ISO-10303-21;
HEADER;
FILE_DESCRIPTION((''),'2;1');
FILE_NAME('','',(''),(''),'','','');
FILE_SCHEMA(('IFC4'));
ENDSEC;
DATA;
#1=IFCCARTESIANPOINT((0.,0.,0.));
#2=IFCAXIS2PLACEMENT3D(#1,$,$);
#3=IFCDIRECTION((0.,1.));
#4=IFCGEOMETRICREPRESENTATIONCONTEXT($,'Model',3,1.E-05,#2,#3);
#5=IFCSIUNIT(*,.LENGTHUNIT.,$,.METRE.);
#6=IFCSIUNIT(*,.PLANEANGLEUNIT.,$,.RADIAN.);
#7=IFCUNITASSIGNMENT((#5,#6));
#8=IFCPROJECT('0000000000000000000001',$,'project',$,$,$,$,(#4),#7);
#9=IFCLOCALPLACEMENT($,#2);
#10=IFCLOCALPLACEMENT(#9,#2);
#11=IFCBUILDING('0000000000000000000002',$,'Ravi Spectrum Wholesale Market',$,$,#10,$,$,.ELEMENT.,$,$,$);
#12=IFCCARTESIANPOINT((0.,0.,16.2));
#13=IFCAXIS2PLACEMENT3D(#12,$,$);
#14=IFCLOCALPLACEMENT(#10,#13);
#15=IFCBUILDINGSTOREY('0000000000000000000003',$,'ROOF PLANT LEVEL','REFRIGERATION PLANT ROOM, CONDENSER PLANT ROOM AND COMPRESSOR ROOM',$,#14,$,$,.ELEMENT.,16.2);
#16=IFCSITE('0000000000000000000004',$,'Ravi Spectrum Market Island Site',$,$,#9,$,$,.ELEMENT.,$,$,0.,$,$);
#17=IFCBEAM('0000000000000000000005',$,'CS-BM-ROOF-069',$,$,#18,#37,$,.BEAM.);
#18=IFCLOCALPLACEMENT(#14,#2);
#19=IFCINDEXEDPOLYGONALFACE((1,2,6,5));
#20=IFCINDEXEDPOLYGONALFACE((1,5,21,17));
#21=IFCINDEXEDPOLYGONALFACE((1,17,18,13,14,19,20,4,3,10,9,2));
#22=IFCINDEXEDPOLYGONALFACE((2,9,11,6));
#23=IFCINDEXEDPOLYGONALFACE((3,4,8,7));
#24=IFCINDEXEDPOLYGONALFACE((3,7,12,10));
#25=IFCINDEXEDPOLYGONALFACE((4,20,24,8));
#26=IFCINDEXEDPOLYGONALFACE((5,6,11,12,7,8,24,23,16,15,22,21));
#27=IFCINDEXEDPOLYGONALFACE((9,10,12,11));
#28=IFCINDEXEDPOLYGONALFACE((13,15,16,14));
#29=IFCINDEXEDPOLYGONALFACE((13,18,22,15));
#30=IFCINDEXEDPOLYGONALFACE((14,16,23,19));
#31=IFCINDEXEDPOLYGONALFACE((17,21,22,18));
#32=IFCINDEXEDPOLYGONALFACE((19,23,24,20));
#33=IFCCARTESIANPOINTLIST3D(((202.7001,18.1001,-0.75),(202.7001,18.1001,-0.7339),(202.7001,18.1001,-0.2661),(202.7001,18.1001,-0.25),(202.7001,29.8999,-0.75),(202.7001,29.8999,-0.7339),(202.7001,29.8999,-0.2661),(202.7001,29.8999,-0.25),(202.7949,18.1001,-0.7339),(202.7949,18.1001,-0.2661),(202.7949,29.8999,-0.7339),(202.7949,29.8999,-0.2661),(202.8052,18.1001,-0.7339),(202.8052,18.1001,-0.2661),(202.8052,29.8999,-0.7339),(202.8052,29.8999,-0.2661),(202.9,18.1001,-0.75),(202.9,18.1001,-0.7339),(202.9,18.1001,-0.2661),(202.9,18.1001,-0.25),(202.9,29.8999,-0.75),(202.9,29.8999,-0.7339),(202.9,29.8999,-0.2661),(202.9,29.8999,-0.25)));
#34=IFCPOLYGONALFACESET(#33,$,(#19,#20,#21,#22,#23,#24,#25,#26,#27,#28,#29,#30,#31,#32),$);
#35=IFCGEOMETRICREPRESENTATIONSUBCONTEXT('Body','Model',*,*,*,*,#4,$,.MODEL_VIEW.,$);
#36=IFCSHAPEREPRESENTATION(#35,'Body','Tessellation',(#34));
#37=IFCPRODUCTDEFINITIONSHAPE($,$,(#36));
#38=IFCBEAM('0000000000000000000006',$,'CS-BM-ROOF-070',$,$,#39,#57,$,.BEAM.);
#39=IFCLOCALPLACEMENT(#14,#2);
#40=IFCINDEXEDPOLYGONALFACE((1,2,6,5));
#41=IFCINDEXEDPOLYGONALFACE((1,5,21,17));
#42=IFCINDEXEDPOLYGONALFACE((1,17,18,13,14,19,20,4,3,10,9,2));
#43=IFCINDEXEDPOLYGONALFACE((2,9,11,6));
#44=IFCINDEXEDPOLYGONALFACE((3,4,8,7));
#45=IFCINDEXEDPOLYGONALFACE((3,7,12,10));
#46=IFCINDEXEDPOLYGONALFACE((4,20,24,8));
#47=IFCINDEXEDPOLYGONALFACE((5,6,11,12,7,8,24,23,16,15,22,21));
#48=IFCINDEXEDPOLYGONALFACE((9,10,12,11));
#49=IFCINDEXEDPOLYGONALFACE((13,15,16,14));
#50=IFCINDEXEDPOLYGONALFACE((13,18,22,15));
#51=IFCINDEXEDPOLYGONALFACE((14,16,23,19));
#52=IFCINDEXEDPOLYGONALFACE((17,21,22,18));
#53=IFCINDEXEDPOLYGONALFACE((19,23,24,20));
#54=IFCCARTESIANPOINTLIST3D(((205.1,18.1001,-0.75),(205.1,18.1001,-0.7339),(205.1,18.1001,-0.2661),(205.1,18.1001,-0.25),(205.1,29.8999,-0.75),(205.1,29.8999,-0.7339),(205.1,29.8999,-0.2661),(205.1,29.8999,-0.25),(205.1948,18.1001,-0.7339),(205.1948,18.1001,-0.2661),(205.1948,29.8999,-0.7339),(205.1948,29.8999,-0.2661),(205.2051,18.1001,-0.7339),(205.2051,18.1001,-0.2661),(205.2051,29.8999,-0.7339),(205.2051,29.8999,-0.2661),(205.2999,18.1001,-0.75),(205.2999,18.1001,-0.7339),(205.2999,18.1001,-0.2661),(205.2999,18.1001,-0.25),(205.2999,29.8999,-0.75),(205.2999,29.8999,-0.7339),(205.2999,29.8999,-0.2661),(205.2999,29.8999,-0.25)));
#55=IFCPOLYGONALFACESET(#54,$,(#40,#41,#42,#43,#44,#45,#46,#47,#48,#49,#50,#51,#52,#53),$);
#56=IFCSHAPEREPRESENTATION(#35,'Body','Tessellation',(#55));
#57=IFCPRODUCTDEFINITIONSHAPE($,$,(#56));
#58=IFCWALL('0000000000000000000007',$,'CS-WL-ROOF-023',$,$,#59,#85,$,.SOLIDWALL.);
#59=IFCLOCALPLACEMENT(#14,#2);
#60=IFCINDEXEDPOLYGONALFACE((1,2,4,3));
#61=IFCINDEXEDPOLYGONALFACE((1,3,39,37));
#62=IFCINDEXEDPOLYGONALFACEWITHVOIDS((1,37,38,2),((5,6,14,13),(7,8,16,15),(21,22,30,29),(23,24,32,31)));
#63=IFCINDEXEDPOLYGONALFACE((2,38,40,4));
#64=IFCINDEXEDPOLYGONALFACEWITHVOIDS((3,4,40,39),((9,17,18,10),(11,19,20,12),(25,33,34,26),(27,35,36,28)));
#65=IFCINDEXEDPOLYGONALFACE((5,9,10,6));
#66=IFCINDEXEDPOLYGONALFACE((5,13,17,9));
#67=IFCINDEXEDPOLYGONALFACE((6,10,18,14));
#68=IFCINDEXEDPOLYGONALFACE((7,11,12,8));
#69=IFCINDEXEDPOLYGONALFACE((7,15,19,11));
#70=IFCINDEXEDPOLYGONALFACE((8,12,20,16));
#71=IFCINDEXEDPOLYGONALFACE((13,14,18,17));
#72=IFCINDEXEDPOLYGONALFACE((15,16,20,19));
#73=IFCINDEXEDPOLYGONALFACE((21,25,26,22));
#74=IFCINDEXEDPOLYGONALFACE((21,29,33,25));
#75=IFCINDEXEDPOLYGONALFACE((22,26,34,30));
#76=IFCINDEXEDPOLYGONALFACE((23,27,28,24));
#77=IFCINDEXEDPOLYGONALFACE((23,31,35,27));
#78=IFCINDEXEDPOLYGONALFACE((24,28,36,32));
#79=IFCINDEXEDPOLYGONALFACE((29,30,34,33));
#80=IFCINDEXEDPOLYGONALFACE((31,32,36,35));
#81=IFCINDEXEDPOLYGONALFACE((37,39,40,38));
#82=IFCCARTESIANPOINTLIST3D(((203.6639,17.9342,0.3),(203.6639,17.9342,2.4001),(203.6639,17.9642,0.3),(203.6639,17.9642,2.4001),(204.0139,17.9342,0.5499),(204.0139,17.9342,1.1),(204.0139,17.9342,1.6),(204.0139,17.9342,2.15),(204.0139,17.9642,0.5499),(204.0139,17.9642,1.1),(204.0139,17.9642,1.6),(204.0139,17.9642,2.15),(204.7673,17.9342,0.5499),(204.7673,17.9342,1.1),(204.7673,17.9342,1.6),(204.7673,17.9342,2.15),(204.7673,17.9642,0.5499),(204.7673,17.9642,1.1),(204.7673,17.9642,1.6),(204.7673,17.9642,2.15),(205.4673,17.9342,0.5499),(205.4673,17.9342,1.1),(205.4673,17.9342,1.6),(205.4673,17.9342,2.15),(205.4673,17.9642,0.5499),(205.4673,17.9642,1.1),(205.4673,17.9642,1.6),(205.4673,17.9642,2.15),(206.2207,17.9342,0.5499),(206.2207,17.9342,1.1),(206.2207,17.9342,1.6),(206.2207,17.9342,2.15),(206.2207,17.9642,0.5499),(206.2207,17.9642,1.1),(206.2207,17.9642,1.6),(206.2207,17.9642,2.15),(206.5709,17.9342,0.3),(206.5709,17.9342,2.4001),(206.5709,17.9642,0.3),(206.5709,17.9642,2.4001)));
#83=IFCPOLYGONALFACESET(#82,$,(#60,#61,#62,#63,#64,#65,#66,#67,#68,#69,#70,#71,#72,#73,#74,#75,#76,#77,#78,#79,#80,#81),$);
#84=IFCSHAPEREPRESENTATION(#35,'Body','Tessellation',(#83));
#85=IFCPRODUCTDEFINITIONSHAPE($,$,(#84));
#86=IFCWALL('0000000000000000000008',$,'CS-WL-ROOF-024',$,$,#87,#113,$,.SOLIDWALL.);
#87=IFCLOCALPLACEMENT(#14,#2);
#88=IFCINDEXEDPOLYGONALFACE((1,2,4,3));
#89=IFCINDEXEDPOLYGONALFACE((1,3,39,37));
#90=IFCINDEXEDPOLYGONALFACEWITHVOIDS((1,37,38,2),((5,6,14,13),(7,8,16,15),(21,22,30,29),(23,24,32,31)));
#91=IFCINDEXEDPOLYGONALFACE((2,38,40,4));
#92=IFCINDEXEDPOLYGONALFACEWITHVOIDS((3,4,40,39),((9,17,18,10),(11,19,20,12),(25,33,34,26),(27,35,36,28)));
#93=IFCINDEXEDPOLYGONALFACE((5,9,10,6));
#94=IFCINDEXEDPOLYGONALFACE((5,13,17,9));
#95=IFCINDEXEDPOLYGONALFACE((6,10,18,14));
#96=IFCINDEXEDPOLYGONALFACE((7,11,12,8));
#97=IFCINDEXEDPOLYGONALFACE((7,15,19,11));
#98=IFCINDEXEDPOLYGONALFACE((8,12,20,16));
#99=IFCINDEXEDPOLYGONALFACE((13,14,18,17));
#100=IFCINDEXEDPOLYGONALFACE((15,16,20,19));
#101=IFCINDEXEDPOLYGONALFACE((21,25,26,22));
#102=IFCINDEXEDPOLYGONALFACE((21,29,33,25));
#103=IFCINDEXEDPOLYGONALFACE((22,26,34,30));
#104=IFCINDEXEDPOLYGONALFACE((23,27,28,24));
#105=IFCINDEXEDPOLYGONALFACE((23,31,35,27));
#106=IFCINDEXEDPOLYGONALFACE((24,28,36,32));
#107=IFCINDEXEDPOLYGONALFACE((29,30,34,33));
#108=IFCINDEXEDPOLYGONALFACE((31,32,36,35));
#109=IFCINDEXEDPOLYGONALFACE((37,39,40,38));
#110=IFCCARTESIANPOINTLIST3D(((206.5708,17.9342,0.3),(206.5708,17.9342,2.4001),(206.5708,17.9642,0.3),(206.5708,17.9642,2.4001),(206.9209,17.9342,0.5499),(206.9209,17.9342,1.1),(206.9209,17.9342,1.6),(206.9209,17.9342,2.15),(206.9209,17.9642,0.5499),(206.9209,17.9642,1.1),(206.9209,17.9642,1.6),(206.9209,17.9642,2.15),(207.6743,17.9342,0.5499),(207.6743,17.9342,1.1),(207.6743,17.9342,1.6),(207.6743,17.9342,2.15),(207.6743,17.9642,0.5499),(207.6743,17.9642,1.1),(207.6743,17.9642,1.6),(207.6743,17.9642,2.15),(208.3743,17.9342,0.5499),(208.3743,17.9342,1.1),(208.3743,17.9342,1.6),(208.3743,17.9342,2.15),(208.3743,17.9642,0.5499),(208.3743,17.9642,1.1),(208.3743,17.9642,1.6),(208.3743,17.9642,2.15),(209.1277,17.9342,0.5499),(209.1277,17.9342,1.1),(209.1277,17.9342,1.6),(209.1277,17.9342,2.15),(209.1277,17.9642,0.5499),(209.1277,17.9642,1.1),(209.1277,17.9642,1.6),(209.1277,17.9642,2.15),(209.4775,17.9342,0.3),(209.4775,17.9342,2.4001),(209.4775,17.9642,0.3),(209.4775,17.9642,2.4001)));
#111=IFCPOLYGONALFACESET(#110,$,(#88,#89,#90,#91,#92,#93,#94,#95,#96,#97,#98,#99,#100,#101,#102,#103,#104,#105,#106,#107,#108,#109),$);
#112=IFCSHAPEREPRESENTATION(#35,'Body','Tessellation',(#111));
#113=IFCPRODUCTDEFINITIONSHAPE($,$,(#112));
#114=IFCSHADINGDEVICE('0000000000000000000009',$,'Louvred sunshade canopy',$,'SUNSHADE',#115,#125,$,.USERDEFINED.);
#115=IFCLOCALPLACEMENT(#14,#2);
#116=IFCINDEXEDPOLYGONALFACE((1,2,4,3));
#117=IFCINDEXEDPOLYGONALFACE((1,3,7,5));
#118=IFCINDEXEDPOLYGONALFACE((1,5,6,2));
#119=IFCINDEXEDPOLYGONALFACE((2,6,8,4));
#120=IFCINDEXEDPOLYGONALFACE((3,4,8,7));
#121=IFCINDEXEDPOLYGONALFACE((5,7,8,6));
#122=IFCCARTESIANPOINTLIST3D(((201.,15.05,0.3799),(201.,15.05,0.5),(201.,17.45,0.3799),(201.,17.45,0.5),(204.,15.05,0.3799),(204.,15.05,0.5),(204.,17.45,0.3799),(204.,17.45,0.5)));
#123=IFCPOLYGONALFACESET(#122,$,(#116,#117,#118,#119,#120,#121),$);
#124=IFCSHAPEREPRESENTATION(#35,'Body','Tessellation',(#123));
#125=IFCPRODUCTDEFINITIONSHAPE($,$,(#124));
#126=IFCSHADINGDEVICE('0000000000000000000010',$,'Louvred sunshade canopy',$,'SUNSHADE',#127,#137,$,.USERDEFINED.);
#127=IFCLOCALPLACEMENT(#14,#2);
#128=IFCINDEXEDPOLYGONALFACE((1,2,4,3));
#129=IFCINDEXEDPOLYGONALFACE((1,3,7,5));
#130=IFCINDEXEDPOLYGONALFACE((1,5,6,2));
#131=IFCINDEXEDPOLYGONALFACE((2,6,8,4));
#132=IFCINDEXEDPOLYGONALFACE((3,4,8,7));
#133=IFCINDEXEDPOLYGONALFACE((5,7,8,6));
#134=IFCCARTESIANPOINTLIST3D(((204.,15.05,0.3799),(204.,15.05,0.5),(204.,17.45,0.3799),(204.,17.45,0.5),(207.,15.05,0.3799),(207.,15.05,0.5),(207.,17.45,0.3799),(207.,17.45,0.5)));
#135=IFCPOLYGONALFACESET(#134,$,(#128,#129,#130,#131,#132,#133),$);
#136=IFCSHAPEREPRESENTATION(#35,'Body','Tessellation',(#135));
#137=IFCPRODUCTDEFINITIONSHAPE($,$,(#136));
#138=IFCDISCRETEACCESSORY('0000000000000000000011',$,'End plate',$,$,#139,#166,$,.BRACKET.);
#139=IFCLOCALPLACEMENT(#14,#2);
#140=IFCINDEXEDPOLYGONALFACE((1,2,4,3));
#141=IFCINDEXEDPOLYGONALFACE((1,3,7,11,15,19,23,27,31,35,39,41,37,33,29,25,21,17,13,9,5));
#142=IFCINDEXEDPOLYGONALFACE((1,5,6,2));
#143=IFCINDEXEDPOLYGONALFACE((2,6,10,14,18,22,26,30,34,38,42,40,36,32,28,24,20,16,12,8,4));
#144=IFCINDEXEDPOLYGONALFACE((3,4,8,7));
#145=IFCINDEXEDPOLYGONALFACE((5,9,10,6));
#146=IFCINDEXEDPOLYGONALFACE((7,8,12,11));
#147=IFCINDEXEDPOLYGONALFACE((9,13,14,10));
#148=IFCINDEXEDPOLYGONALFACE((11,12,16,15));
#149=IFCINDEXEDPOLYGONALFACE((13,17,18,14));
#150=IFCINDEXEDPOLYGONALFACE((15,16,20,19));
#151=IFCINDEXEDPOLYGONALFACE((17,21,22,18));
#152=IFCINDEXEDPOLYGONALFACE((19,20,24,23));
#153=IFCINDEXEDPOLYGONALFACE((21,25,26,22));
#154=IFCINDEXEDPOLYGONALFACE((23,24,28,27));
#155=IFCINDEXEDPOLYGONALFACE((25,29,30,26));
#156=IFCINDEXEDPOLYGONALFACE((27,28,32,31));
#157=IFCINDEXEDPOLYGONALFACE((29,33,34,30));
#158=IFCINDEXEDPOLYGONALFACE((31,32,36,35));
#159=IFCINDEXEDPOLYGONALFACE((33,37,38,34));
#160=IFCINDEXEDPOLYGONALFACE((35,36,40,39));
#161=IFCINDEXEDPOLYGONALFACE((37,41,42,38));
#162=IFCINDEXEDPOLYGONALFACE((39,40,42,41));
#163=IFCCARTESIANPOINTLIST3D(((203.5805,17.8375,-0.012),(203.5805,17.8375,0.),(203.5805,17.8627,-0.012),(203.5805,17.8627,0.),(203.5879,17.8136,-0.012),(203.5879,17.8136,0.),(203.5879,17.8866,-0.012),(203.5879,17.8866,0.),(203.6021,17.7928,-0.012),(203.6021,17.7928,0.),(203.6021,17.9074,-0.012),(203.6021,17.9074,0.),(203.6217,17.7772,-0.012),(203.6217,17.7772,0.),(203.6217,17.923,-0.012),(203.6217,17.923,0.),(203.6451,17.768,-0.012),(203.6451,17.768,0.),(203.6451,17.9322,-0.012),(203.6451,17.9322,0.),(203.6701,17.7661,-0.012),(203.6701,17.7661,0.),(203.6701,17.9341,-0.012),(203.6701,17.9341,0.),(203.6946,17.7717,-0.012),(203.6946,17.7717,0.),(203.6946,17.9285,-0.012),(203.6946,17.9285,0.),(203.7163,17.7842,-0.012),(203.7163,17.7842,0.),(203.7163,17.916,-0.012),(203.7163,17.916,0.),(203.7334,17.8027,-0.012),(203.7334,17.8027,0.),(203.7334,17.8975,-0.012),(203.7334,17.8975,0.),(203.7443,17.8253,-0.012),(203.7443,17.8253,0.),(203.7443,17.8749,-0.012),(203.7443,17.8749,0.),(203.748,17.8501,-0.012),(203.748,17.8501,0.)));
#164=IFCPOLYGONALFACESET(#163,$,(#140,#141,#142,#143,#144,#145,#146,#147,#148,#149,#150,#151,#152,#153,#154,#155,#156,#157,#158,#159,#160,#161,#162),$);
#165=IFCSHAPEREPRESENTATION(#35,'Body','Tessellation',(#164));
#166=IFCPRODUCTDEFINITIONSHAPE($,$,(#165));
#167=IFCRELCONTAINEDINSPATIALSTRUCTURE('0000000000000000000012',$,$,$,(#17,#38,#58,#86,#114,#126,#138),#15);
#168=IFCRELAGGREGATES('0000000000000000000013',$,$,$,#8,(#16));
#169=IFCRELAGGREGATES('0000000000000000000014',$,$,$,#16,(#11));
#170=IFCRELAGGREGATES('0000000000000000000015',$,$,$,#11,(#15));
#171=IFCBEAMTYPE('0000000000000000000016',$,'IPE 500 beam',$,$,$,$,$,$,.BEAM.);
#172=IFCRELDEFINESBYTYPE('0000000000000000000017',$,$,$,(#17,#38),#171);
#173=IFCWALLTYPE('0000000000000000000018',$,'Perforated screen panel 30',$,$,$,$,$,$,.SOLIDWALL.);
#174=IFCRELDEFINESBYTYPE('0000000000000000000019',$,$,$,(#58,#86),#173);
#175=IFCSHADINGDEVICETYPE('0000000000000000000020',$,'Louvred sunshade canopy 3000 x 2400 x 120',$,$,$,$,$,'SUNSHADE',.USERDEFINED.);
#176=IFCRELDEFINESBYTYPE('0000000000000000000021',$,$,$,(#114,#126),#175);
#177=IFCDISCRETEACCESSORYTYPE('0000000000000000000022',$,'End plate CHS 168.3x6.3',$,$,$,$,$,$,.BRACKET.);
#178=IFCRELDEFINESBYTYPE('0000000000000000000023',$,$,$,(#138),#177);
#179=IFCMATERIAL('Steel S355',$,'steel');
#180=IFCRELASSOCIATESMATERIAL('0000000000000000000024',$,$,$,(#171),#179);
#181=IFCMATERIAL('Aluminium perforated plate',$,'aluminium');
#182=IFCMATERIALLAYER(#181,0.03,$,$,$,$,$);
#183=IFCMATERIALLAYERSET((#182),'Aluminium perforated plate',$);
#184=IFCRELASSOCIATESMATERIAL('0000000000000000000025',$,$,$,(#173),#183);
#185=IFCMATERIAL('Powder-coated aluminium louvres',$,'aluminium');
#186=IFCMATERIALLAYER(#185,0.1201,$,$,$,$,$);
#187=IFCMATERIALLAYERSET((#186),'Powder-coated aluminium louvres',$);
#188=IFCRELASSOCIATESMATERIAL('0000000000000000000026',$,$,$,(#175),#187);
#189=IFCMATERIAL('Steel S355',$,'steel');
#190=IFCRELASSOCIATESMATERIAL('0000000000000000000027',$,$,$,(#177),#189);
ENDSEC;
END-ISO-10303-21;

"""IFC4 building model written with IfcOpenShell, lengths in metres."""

from ifc_helpers import new_model, si_unit, direction, frame, frame_2d, origin, origin_2d, place, context, subcontext, project, spatial, rectangle, circle, i_section, extrude, material, layer, layer_set, material_profile, profile_set, type_object, element, save


model = new_model("IFC4")

# Units and contexts
model_context = context("Model", 3, precision=1e-05, world=origin(), true_north=direction((0.0, 1.0)))
body_context = subcontext(model_context, "Body", "Model", "MODEL_VIEW")
ifc_project = project(units=[si_unit("LENGTHUNIT", "METRE"), si_unit("PLANEANGLEUNIT", "RADIAN")], contexts=[model_context])

# Site, building, storey
site_placement = place(None, origin())
site = spatial("IfcSite", under=ifc_project, at=site_placement, Name="Ravi Spectrum Market Island Site", CompositionType="ELEMENT", RefElevation=0.0)
building_placement = place(site_placement, origin())
building = spatial("IfcBuilding", under=site, at=building_placement, Name="Ravi Spectrum Wholesale Market", CompositionType="ELEMENT")
storey_placement = place(building_placement, frame((0.0, 0.0, 16.2)))
storey = spatial("IfcBuildingStorey", under=building, at=storey_placement, Name="ROOF PLANT LEVEL", Description="REFRIGERATION PLANT ROOM, CONDENSER PLANT ROOM AND COMPRESSOR ROOM", CompositionType="ELEMENT", Elevation=16.2)

# Beams
ifc_material_1 = material(Name="Steel S355", Category="steel")
ifc_material_profile_1 = material_profile(ifc_material_1, i_section(OverallWidth=0.2, OverallDepth=0.5, WebThickness=0.0103, FlangeThickness=0.0161, at=origin_2d()))
ifc_profile_set_1 = profile_set([ifc_material_profile_1], Name="Steel S355")
beam_type = type_object("IfcBeamType", Name="IPE 500 beam", PredefinedType="BEAM", material=ifc_profile_set_1)
for number, where, z_axis, x_axis, name in (
    (1, (202.8, 18.1001, -0.5), (0.0, 1.0, 0.0), (-1.0, 0.0, 0.0), "CS-BM-ROOF-069"),
    (2, (205.2, 18.1001, -0.5), (0.0, 1.0, 0.0), (-1.0, 0.0, 0.0), "CS-BM-ROOF-070"),
):
    element("IfcBeam", number, at=place(storey_placement, frame(where, z_axis=z_axis, x_axis=x_axis)), inside=storey, type_object=beam_type, Name=name, PredefinedType="BEAM", context=body_context, shape_type="SweptSolid", body=[
        extrude(i_section(OverallWidth=0.2, OverallDepth=0.5, WebThickness=0.0103, FlangeThickness=0.0161, at=origin_2d()), origin(), (0.0, 0.0, 1.0), 11.7998),
    ])

# Walls, openings
ifc_material_2 = material(Name="Aluminium perforated plate", Category="aluminium")
ifc_layer_1 = layer(ifc_material_2, 0.03)
ifc_layer_set_1 = layer_set([ifc_layer_1], Name="Aluminium perforated plate")
wall_type = type_object("IfcWallType", Name="Perforated screen panel 30", PredefinedType="SOLIDWALL", material=ifc_layer_set_1)
wall_1_placement = place(storey_placement, frame((203.6638, 17.9492, 0.3), z_axis=(0.0, 0.0, 1.0), x_axis=(1.0, 0.0, 0.0)))
wall_1 = element("IfcWall", 3, at=wall_1_placement, inside=storey, type_object=wall_type, Name="CS-WL-ROOF-023", PredefinedType="SOLIDWALL", context=body_context, shape_type="SweptSolid", body=[
    extrude(rectangle(XDim=2.907, YDim=0.03, at=frame_2d((1.4536, 0.0))), origin(), (0.0, 0.0, 1.0), 2.1001),
])
opening_1_placement = place(wall_1_placement, frame((0.3501, 0.0, 0.25)))
element("IfcOpeningElement", 4, at=opening_1_placement, cuts=wall_1, PredefinedType="OPENING", context=body_context, shape_type="SweptSolid", body=[
    extrude(rectangle(XDim=0.7534, YDim=0.55, at=frame_2d((0.3767, 0.2749))), frame((0.0, 0.0249, 0.0), z_axis=(0.0, -1.0, 0.0), x_axis=(1.0, 0.0, 0.0)), (0.0, 0.0, 1.0), 0.05),
])
opening_2_placement = place(wall_1_placement, frame((0.3501, 0.0, 1.3)))
element("IfcOpeningElement", 5, at=opening_2_placement, cuts=wall_1, PredefinedType="OPENING", context=body_context, shape_type="SweptSolid", body=[
    extrude(rectangle(XDim=0.7534, YDim=0.55, at=frame_2d((0.3767, 0.2749))), frame((0.0, 0.0249, 0.0), z_axis=(0.0, -1.0, 0.0), x_axis=(1.0, 0.0, 0.0)), (0.0, 0.0, 1.0), 0.05),
])
opening_3_placement = place(wall_1_placement, frame((1.8035, 0.0, 0.25)))
element("IfcOpeningElement", 6, at=opening_3_placement, cuts=wall_1, PredefinedType="OPENING", context=body_context, shape_type="SweptSolid", body=[
    extrude(rectangle(XDim=0.7534, YDim=0.55, at=frame_2d((0.3767, 0.2749))), frame((0.0, 0.0249, 0.0), z_axis=(0.0, -1.0, 0.0), x_axis=(1.0, 0.0, 0.0)), (0.0, 0.0, 1.0), 0.05),
])
opening_4_placement = place(wall_1_placement, frame((1.8035, 0.0, 1.3)))
element("IfcOpeningElement", 7, at=opening_4_placement, cuts=wall_1, PredefinedType="OPENING", context=body_context, shape_type="SweptSolid", body=[
    extrude(rectangle(XDim=0.7534, YDim=0.55, at=frame_2d((0.3767, 0.2749))), frame((0.0, 0.0249, 0.0), z_axis=(0.0, -1.0, 0.0), x_axis=(1.0, 0.0, 0.0)), (0.0, 0.0, 1.0), 0.05),
])
wall_2_placement = place(storey_placement, frame((206.5708, 17.9492, 0.3), z_axis=(0.0, 0.0, 1.0), x_axis=(1.0, 0.0, 0.0)))
wall_2 = element("IfcWall", 8, at=wall_2_placement, inside=storey, type_object=wall_type, Name="CS-WL-ROOF-024", PredefinedType="SOLIDWALL", context=body_context, shape_type="SweptSolid", body=[
    extrude(rectangle(XDim=2.9067, YDim=0.03, at=frame_2d((1.4534, 0.0))), origin(), (0.0, 0.0, 1.0), 2.1001),
])
opening_5_placement = place(wall_2_placement, frame((0.3501, 0.0, 0.25)))
element("IfcOpeningElement", 9, at=opening_5_placement, cuts=wall_2, PredefinedType="OPENING", context=body_context, shape_type="SweptSolid", body=[
    extrude(rectangle(XDim=0.7534, YDim=0.55, at=frame_2d((0.3767, 0.2749))), frame((0.0, 0.0249, 0.0), z_axis=(0.0, -1.0, 0.0), x_axis=(1.0, 0.0, 0.0)), (0.0, 0.0, 1.0), 0.05),
])
opening_6_placement = place(wall_2_placement, frame((0.3501, 0.0, 1.3)))
element("IfcOpeningElement", 10, at=opening_6_placement, cuts=wall_2, PredefinedType="OPENING", context=body_context, shape_type="SweptSolid", body=[
    extrude(rectangle(XDim=0.7534, YDim=0.55, at=frame_2d((0.3767, 0.2749))), frame((0.0, 0.0249, 0.0), z_axis=(0.0, -1.0, 0.0), x_axis=(1.0, 0.0, 0.0)), (0.0, 0.0, 1.0), 0.05),
])
opening_7_placement = place(wall_2_placement, frame((1.8035, 0.0, 0.25)))
element("IfcOpeningElement", 11, at=opening_7_placement, cuts=wall_2, PredefinedType="OPENING", context=body_context, shape_type="SweptSolid", body=[
    extrude(rectangle(XDim=0.7534, YDim=0.55, at=frame_2d((0.3767, 0.2749))), frame((0.0, 0.0249, 0.0), z_axis=(0.0, -1.0, 0.0), x_axis=(1.0, 0.0, 0.0)), (0.0, 0.0, 1.0), 0.05),
])
opening_8_placement = place(wall_2_placement, frame((1.8035, 0.0, 1.3)))
element("IfcOpeningElement", 12, at=opening_8_placement, cuts=wall_2, PredefinedType="OPENING", context=body_context, shape_type="SweptSolid", body=[
    extrude(rectangle(XDim=0.7534, YDim=0.55, at=frame_2d((0.3767, 0.2749))), frame((0.0, 0.0249, 0.0), z_axis=(0.0, -1.0, 0.0), x_axis=(1.0, 0.0, 0.0)), (0.0, 0.0, 1.0), 0.05),
])

# Shading devices
ifc_material_3 = material(Name="Powder-coated aluminium louvres", Category="aluminium")
ifc_layer_2 = layer(ifc_material_3, 0.1201)
ifc_layer_set_2 = layer_set([ifc_layer_2], Name="Powder-coated aluminium louvres")
shading_device_type = type_object("IfcShadingDeviceType", Name="Louvred sunshade canopy 3000 x 2400 x 120", ElementType="SUNSHADE", PredefinedType="USERDEFINED", material=ifc_layer_set_2)
for number, where, z_axis, x_axis, name in (
    (13, (202.5, 16.25, 0.3799), (0.0, 0.0, 1.0), (1.0, 0.0, 0.0), "Louvred sunshade canopy"),
    (14, (205.5, 16.25, 0.3799), (0.0, 0.0, 1.0), (1.0, 0.0, 0.0), "Louvred sunshade canopy"),
):
    element("IfcShadingDevice", number, at=place(storey_placement, frame(where, z_axis=z_axis, x_axis=x_axis)), inside=storey, type_object=shading_device_type, Name=name, ObjectType="SUNSHADE", PredefinedType="USERDEFINED", context=body_context, shape_type="SweptSolid", body=[
        extrude(rectangle(XDim=3.0, YDim=2.3999, at=origin_2d()), origin(), (0.0, 0.0, 1.0), 0.1201),
    ])

# Discrete accessory
ifc_material_4 = material(Name="Steel S355", Category="steel")
ifc_material_profile_2 = material_profile(ifc_material_4, circle(Radius=0.0842, at=origin_2d()))
ifc_profile_set_2 = profile_set([ifc_material_profile_2], Name="Steel S355")
discrete_accessory_type_1 = type_object("IfcDiscreteAccessoryType", Name="End plate CHS 168.3x6.3", PredefinedType="BRACKET", material=ifc_profile_set_2)
for number, where, z_axis, x_axis, name in (
    (15, (203.6638, 17.8501, 0.0), (0.0, 0.0, -1.0), (1.0, 0.0, 0.0), "End plate"),
):
    element("IfcDiscreteAccessory", number, at=place(storey_placement, frame(where, z_axis=z_axis, x_axis=x_axis)), inside=storey, type_object=discrete_accessory_type_1, Name=name, PredefinedType="BRACKET", context=body_context, shape_type="SweptSolid", body=[
        extrude(circle(Radius=0.0842, at=origin_2d()), origin(), (0.0, 0.0, 1.0), 0.012),
    ])

save(model, "model.ifc")
